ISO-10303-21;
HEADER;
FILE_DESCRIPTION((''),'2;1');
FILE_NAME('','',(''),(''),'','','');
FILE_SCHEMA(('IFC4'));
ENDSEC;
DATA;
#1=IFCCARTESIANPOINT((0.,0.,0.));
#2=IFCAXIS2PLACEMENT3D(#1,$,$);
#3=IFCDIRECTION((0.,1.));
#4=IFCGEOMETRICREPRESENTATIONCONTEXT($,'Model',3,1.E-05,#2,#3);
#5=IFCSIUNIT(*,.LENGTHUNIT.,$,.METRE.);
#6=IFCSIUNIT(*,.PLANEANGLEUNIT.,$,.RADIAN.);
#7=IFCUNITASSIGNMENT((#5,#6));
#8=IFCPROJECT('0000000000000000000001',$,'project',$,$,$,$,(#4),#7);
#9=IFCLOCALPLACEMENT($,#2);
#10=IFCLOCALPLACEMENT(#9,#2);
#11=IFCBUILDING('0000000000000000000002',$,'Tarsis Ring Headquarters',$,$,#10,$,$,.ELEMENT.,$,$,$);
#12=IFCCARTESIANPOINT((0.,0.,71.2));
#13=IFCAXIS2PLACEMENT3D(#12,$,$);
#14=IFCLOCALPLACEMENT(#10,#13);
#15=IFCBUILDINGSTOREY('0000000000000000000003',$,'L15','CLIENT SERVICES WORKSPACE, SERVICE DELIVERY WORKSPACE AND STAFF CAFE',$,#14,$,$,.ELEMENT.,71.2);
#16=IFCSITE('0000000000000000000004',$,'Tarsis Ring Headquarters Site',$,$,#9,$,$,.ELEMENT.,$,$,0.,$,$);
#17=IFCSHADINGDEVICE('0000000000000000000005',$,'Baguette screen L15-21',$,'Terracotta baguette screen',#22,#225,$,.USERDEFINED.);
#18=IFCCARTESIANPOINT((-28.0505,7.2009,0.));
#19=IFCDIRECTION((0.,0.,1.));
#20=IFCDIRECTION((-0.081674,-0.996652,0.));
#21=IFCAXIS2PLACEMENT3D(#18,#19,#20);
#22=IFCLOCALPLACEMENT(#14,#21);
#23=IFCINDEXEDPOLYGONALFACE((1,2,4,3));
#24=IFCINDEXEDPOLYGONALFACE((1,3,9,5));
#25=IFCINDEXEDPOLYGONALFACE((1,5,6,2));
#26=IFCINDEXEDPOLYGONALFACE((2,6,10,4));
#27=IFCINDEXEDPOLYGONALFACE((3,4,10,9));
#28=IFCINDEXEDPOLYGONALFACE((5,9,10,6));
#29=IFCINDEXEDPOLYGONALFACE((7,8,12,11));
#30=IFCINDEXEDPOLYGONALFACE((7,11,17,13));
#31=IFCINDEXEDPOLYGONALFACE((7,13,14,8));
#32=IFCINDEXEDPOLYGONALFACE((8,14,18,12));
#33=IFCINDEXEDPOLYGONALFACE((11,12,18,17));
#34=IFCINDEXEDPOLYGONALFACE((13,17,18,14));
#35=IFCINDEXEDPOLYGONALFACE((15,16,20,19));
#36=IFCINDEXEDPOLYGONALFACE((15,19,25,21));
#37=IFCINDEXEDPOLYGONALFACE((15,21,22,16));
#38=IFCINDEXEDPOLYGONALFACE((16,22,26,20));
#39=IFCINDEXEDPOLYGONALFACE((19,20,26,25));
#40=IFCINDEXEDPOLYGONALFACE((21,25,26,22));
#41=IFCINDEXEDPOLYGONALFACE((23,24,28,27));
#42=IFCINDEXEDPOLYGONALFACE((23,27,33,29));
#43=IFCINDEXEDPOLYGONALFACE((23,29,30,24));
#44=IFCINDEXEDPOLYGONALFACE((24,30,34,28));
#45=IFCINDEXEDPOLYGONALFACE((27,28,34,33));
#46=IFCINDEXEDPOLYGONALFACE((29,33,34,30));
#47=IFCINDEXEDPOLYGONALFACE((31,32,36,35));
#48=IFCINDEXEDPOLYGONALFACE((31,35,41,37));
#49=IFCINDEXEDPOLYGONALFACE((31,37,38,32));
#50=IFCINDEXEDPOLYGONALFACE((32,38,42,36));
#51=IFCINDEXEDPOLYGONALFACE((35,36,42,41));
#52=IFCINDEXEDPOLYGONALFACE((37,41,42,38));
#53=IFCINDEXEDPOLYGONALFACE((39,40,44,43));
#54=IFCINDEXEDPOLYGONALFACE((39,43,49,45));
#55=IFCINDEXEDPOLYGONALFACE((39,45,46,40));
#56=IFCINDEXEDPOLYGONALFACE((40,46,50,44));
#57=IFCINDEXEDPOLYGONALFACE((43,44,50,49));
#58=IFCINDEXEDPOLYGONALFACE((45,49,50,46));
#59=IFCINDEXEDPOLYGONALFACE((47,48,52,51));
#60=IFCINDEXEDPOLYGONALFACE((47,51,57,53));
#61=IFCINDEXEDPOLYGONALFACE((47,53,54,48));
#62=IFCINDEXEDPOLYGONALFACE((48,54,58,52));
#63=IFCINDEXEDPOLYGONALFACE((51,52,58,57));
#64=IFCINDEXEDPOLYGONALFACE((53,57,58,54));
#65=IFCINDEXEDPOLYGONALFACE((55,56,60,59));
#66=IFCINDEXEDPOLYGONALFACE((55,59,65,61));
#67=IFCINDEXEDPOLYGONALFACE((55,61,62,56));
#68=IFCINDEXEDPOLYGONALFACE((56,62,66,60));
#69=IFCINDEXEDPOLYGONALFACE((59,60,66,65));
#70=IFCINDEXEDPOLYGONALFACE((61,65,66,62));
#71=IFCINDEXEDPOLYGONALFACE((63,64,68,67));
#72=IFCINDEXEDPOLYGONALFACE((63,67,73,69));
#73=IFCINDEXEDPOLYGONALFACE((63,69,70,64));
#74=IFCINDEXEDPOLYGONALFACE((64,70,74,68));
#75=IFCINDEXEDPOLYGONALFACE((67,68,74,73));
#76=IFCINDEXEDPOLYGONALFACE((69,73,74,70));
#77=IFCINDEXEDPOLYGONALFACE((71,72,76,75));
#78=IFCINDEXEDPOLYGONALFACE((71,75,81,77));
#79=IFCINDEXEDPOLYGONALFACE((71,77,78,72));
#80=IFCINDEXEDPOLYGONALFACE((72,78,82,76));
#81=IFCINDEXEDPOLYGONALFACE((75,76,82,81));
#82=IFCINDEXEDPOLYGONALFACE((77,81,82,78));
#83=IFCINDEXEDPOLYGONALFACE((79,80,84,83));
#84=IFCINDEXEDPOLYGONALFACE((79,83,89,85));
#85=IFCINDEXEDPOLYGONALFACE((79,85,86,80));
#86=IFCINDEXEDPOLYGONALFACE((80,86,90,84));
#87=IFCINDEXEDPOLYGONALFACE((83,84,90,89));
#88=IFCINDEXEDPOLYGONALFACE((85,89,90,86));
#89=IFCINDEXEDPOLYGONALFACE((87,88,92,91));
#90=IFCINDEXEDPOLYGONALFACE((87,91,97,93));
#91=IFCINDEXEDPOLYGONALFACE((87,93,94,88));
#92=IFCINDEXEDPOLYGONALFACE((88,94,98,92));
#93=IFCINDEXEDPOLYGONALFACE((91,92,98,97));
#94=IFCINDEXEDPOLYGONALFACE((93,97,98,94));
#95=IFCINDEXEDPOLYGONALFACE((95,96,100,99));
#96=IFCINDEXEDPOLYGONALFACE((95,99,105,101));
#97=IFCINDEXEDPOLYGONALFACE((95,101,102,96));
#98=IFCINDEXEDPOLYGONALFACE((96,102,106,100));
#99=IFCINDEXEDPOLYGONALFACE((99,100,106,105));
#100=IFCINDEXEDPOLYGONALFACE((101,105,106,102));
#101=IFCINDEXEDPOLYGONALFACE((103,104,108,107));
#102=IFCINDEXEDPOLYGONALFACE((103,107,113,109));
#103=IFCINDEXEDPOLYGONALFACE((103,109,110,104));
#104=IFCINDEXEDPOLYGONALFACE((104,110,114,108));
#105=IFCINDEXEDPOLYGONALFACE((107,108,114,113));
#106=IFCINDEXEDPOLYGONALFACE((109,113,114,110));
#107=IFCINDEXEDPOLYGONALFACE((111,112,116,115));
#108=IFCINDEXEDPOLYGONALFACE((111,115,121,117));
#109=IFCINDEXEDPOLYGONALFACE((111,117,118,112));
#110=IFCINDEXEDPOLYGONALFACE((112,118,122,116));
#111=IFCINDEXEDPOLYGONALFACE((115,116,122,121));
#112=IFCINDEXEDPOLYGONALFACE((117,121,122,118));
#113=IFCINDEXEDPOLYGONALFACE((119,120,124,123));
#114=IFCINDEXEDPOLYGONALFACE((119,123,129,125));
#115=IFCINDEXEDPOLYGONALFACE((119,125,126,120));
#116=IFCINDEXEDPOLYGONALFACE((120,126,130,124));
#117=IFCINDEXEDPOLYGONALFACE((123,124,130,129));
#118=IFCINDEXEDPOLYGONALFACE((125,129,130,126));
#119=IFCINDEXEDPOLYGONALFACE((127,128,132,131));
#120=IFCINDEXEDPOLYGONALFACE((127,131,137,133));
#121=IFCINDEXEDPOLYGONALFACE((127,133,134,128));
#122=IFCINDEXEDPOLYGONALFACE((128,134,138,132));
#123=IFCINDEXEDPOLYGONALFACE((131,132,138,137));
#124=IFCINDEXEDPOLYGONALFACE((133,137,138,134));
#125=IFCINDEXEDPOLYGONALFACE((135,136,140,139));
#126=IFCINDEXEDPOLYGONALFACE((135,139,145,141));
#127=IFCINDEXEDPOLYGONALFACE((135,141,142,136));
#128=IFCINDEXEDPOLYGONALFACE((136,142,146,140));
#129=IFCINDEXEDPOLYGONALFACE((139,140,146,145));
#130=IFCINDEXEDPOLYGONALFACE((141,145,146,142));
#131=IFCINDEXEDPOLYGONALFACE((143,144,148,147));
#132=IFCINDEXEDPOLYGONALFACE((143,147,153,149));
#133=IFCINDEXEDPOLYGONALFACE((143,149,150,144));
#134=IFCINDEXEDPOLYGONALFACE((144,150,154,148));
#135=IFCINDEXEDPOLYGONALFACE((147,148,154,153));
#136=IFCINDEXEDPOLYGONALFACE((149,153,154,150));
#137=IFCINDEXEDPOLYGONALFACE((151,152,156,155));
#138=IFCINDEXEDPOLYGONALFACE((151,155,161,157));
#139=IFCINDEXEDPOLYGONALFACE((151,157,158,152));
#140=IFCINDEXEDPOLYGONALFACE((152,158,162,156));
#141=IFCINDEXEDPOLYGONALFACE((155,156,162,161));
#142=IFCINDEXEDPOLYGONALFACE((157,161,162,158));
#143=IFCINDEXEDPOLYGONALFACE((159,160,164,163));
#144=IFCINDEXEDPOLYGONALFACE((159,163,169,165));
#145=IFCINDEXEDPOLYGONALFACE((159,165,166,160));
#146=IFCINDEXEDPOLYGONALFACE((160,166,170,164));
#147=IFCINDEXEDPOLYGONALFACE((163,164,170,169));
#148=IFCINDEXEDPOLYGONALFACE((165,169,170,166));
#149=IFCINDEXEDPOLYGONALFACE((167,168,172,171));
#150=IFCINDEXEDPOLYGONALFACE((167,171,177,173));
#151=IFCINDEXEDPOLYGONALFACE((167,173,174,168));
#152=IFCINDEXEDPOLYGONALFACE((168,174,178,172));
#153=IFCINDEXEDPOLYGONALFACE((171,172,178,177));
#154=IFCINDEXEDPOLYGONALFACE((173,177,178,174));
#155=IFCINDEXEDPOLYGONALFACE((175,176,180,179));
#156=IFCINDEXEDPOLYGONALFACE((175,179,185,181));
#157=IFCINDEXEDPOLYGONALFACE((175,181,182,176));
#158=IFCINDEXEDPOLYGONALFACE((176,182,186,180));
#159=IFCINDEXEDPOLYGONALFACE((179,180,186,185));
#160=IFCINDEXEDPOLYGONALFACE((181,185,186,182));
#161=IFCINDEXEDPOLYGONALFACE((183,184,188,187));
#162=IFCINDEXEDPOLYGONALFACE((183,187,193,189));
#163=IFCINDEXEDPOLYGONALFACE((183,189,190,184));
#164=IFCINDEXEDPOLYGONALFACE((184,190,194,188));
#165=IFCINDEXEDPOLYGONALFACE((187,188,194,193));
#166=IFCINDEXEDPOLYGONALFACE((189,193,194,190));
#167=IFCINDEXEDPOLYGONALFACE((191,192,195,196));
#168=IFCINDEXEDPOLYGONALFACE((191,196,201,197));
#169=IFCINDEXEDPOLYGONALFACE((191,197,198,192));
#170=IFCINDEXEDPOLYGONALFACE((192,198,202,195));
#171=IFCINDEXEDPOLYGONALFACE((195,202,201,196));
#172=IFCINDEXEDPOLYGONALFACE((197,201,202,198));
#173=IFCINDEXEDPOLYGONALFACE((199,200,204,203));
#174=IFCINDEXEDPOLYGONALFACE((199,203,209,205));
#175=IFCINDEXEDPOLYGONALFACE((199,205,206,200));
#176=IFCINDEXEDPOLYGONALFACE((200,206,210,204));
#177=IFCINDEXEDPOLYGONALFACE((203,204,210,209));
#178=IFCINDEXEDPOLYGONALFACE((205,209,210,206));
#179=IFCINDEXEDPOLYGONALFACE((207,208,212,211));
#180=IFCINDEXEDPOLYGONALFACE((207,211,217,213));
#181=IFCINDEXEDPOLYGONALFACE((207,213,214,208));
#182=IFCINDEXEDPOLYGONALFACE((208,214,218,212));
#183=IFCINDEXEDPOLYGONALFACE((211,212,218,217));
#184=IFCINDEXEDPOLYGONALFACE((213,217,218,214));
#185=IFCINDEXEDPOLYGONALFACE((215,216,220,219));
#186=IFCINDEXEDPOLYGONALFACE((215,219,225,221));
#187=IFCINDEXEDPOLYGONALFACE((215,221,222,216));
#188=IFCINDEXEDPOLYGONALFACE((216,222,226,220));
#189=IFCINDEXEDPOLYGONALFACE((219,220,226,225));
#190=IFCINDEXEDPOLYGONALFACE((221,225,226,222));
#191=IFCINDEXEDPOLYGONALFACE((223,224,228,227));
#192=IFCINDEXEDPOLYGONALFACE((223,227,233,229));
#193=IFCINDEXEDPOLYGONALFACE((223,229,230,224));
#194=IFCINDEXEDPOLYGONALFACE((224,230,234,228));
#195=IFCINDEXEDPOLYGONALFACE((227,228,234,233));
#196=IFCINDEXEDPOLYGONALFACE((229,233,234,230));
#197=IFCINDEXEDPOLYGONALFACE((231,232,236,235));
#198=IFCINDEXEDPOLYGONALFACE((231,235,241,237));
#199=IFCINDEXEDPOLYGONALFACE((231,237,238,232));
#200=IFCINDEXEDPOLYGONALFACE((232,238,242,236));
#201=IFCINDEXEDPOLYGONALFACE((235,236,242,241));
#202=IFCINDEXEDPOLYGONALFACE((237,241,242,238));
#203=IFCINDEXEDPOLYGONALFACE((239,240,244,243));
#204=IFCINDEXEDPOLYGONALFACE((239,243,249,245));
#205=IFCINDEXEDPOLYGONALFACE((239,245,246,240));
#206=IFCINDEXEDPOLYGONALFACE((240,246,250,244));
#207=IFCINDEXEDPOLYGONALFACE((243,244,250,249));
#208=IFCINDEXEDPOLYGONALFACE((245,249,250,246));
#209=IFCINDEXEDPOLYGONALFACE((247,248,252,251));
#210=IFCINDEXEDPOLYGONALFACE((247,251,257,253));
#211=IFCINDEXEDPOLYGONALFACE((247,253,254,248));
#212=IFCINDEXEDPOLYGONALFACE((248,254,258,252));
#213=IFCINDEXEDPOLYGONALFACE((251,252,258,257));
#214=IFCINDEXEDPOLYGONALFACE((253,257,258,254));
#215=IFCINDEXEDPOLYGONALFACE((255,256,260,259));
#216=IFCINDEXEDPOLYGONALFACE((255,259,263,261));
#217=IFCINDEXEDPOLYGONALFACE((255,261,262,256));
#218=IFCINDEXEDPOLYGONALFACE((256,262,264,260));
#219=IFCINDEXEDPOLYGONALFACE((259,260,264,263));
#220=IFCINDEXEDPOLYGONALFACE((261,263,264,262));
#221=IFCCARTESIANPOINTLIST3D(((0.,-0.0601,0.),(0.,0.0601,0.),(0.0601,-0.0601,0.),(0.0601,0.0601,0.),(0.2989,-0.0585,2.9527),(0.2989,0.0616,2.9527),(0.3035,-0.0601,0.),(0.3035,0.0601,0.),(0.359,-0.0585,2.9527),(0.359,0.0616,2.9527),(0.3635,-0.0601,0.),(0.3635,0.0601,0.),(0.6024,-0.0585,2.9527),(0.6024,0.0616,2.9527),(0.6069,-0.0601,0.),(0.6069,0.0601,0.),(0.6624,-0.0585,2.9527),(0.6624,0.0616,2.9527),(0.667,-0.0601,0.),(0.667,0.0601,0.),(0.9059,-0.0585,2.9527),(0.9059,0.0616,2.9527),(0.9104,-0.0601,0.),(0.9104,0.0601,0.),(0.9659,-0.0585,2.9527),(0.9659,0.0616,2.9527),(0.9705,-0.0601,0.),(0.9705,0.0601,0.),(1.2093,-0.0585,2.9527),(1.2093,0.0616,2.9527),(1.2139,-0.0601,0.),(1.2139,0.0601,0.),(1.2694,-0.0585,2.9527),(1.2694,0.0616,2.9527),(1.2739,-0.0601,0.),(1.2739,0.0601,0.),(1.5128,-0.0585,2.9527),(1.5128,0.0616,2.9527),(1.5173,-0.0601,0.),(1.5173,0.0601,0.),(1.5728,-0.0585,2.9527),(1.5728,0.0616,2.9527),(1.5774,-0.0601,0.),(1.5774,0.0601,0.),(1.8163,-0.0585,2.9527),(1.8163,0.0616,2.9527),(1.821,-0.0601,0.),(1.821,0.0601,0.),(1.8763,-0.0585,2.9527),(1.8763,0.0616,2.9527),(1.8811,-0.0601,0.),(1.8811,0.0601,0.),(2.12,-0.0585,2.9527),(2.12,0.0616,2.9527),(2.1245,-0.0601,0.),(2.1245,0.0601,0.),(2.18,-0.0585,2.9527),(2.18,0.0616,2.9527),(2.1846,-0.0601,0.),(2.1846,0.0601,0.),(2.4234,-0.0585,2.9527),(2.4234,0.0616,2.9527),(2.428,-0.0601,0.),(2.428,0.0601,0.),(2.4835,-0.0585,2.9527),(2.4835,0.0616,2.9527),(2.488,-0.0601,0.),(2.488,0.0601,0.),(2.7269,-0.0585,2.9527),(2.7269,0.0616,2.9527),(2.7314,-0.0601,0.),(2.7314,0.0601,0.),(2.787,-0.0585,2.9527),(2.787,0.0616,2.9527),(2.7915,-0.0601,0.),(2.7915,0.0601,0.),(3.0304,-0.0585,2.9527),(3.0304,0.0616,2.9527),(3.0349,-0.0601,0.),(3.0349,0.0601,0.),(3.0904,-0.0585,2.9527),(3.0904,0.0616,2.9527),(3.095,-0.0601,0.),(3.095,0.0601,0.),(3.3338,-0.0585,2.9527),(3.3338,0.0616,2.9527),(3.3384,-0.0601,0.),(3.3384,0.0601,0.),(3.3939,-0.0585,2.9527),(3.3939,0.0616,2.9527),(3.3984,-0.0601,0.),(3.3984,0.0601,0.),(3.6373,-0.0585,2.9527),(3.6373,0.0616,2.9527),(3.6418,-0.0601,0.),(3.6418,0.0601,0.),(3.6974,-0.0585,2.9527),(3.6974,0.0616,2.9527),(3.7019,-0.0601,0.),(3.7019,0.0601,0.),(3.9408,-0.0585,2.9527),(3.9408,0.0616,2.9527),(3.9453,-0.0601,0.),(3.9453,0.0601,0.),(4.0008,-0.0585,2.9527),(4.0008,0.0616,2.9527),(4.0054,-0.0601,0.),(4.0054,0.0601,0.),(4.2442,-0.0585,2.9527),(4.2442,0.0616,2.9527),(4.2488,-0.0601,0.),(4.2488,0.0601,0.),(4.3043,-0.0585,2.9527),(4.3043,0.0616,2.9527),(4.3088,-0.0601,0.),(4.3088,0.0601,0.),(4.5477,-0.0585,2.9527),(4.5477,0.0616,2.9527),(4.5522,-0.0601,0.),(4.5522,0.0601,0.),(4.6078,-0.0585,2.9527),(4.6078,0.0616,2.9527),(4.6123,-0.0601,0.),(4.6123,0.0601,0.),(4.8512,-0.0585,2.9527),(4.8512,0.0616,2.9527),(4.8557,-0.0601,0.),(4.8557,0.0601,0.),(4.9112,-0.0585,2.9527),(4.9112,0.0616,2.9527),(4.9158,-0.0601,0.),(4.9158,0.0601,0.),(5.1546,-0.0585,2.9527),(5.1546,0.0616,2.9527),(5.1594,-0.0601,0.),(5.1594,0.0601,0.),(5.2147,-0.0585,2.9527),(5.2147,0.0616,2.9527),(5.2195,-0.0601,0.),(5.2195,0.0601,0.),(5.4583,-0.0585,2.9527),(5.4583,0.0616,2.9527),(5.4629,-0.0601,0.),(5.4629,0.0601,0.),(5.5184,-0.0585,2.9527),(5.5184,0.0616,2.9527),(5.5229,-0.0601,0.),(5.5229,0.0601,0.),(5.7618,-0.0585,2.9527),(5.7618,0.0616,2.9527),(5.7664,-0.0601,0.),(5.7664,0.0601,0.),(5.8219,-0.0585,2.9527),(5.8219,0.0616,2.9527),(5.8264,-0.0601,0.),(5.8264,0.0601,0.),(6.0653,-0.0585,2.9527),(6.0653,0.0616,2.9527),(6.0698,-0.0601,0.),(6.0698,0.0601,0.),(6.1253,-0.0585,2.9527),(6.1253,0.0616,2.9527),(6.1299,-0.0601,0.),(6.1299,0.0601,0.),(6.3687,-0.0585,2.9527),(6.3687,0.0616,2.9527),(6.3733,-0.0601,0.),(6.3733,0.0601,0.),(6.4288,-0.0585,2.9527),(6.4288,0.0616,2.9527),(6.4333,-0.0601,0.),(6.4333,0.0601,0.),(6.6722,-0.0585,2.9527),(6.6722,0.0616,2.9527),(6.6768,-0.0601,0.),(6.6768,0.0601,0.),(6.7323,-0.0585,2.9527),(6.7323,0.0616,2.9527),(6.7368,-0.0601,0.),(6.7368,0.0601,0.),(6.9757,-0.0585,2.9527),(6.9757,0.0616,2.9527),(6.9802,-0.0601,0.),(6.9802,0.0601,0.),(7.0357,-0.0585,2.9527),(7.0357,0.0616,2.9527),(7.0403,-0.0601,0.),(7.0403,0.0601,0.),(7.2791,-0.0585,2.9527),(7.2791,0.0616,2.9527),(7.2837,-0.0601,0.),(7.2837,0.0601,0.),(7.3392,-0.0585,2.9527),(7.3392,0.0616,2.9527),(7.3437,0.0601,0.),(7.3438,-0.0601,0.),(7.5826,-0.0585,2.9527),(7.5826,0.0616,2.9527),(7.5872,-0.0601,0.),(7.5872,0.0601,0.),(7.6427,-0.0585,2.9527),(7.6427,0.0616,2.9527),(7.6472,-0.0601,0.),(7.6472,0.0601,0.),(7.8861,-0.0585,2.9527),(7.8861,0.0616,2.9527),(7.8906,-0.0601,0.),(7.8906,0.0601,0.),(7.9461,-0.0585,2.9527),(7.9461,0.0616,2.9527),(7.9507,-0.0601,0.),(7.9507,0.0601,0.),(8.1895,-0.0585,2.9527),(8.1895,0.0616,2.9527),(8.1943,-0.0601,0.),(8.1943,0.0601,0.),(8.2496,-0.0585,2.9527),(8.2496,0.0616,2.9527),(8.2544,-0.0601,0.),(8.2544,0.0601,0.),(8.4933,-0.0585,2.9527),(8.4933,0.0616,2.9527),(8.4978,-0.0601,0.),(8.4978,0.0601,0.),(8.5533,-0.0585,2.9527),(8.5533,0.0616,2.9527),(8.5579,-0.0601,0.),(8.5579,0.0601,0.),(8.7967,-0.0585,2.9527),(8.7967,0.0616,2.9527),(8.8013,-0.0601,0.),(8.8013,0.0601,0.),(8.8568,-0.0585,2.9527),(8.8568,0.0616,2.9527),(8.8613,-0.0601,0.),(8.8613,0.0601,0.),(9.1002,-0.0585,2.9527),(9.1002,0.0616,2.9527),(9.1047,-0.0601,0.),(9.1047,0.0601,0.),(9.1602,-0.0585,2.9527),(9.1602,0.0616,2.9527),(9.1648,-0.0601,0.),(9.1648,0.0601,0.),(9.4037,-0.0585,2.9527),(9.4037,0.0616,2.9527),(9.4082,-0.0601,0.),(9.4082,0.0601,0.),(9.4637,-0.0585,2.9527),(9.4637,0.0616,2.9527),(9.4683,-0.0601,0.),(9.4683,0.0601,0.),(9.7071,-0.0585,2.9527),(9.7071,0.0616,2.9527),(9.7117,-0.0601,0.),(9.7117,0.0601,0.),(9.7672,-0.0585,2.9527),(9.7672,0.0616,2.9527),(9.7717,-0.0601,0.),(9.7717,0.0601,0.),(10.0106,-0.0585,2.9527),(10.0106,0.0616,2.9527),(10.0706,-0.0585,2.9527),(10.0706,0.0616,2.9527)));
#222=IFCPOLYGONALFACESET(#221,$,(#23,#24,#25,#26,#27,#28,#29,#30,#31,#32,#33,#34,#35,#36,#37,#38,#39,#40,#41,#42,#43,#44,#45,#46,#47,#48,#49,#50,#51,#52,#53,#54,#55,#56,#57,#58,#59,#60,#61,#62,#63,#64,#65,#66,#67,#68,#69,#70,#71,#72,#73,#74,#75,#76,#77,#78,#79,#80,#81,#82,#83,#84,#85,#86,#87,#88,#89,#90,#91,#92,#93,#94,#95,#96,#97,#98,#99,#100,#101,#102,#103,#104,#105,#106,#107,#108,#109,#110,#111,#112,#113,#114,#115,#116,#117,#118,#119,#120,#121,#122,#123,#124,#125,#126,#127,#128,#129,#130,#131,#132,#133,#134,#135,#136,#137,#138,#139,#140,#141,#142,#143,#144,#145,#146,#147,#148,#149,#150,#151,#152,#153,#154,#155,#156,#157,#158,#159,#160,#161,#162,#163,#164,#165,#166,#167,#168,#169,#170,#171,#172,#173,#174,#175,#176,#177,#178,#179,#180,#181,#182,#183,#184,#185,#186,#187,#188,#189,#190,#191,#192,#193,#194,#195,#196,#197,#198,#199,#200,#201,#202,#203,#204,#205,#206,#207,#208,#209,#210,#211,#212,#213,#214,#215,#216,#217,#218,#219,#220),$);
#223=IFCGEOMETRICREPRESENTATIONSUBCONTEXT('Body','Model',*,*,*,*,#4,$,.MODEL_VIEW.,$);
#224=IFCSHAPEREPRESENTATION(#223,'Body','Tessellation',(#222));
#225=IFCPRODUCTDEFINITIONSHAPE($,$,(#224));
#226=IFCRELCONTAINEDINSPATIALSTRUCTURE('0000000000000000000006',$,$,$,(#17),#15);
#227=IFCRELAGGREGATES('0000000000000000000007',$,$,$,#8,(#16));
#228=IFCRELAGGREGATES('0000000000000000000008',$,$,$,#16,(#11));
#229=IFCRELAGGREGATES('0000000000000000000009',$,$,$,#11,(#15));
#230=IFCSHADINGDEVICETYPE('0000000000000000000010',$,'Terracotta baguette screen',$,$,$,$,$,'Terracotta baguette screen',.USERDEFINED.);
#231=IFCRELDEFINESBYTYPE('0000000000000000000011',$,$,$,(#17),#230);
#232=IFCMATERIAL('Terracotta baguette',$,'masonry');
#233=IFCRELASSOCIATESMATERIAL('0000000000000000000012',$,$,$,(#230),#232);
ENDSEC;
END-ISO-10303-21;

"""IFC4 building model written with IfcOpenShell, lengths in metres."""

from ifc_helpers import new_model, si_unit, direction, frame, frame_2d, origin, place, context, subcontext, project, spatial, rectangle, composite_profile, extrude, material, type_object, element, save


model = new_model("IFC4")

# Units and contexts
model_context = context("Model", 3, precision=1e-05, world=origin(), true_north=direction((0.0, 1.0)))
body_context = subcontext(model_context, "Body", "Model", "MODEL_VIEW")
ifc_project = project(units=[si_unit("LENGTHUNIT", "METRE"), si_unit("PLANEANGLEUNIT", "RADIAN")], contexts=[model_context])

# Site, building, storey
site_placement = place(None, origin())
site = spatial("IfcSite", under=ifc_project, at=site_placement, Name="Tarsis Ring Headquarters Site", CompositionType="ELEMENT", RefElevation=0.0)
building_placement = place(site_placement, origin())
building = spatial("IfcBuilding", under=site, at=building_placement, Name="Tarsis Ring Headquarters", CompositionType="ELEMENT")
storey_placement = place(building_placement, frame((0.0, 0.0, 71.2)))
storey = spatial("IfcBuildingStorey", under=building, at=storey_placement, Name="L15", Description="CLIENT SERVICES WORKSPACE, SERVICE DELIVERY WORKSPACE AND STAFF CAFE", CompositionType="ELEMENT", Elevation=71.2)

# Shading device
ifc_material_1 = material(Name="Terracotta baguette", Category="masonry")
shading_device_type = type_object("IfcShadingDeviceType", Name="Terracotta baguette screen", ElementType="Terracotta baguette screen", PredefinedType="USERDEFINED", material=ifc_material_1)
shading_device_placement = place(storey_placement, frame((-28.0505, 7.2009, 0.0), z_axis=(0.0, 0.0, 1.0), x_axis=(-0.081674, -0.996652, 0.0)))
element("IfcShadingDevice", 1, at=shading_device_placement, inside=storey, type_object=shading_device_type, Name="Baguette screen L15-21", ObjectType="Terracotta baguette screen", PredefinedType="USERDEFINED", context=body_context, shape_type="SweptSolid", body=[
    extrude(composite_profile([rectangle(XDim=0.0601, YDim=0.1201, at=frame_2d((0.03, 0.0))), rectangle(XDim=0.0601, YDim=0.1201, at=frame_2d((0.3335, 0.0))), rectangle(XDim=0.0601, YDim=0.1201, at=frame_2d((0.637, 0.0))), rectangle(XDim=0.0601, YDim=0.1201, at=frame_2d((0.9404, 0.0))), rectangle(XDim=0.0601, YDim=0.1201, at=frame_2d((1.2439, 0.0))), rectangle(XDim=0.0601, YDim=0.1201, at=frame_2d((1.5474, 0.0))), rectangle(XDim=0.0601, YDim=0.1201, at=frame_2d((1.8511, 0.0))), rectangle(XDim=0.0601, YDim=0.1201, at=frame_2d((2.1545, 0.0))), rectangle(XDim=0.0601, YDim=0.1201, at=frame_2d((2.458, 0.0))), rectangle(XDim=0.0601, YDim=0.1201, at=frame_2d((2.7615, 0.0))), rectangle(XDim=0.0601, YDim=0.1201, at=frame_2d((3.0649, 0.0))), rectangle(XDim=0.0601, YDim=0.1201, at=frame_2d((3.3684, 0.0))), rectangle(XDim=0.0601, YDim=0.1201, at=frame_2d((3.6719, 0.0))), rectangle(XDim=0.0601, YDim=0.1201, at=frame_2d((3.9753, 0.0))), rectangle(XDim=0.0601, YDim=0.1201, at=frame_2d((4.2788, 0.0))), rectangle(XDim=0.0601, YDim=0.1201, at=frame_2d((4.5823, 0.0))), rectangle(XDim=0.0601, YDim=0.1201, at=frame_2d((4.8857, 0.0))), rectangle(XDim=0.0601, YDim=0.1201, at=frame_2d((5.1895, 0.0))), rectangle(XDim=0.0601, YDim=0.1201, at=frame_2d((5.4929, 0.0))), rectangle(XDim=0.0601, YDim=0.1201, at=frame_2d((5.7964, 0.0))), rectangle(XDim=0.0601, YDim=0.1201, at=frame_2d((6.0999, 0.0))), rectangle(XDim=0.0601, YDim=0.1201, at=frame_2d((6.4033, 0.0))), rectangle(XDim=0.0601, YDim=0.1201, at=frame_2d((6.7068, 0.0))), rectangle(XDim=0.0601, YDim=0.1201, at=frame_2d((7.0103, 0.0))), rectangle(XDim=0.0601, YDim=0.1201, at=frame_2d((7.3137, 0.0))), rectangle(XDim=0.0601, YDim=0.1201, at=frame_2d((7.6172, 0.0))), rectangle(XDim=0.0601, YDim=0.1201, at=frame_2d((7.9207, 0.0))), rectangle(XDim=0.0601, YDim=0.1201, at=frame_2d((8.2244, 0.0))), rectangle(XDim=0.0601, YDim=0.1201, at=frame_2d((8.5278, 0.0))), rectangle(XDim=0.0601, YDim=0.1201, at=frame_2d((8.8313, 0.0))), rectangle(XDim=0.0601, YDim=0.1201, at=frame_2d((9.1348, 0.0))), rectangle(XDim=0.0601, YDim=0.1201, at=frame_2d((9.4382, 0.0))), rectangle(XDim=0.0601, YDim=0.1201, at=frame_2d((9.7417, 0.0)))]), origin(), (0.100721, 0.000527, 0.994915), 2.9678),
])

save(model, "model.ifc")
